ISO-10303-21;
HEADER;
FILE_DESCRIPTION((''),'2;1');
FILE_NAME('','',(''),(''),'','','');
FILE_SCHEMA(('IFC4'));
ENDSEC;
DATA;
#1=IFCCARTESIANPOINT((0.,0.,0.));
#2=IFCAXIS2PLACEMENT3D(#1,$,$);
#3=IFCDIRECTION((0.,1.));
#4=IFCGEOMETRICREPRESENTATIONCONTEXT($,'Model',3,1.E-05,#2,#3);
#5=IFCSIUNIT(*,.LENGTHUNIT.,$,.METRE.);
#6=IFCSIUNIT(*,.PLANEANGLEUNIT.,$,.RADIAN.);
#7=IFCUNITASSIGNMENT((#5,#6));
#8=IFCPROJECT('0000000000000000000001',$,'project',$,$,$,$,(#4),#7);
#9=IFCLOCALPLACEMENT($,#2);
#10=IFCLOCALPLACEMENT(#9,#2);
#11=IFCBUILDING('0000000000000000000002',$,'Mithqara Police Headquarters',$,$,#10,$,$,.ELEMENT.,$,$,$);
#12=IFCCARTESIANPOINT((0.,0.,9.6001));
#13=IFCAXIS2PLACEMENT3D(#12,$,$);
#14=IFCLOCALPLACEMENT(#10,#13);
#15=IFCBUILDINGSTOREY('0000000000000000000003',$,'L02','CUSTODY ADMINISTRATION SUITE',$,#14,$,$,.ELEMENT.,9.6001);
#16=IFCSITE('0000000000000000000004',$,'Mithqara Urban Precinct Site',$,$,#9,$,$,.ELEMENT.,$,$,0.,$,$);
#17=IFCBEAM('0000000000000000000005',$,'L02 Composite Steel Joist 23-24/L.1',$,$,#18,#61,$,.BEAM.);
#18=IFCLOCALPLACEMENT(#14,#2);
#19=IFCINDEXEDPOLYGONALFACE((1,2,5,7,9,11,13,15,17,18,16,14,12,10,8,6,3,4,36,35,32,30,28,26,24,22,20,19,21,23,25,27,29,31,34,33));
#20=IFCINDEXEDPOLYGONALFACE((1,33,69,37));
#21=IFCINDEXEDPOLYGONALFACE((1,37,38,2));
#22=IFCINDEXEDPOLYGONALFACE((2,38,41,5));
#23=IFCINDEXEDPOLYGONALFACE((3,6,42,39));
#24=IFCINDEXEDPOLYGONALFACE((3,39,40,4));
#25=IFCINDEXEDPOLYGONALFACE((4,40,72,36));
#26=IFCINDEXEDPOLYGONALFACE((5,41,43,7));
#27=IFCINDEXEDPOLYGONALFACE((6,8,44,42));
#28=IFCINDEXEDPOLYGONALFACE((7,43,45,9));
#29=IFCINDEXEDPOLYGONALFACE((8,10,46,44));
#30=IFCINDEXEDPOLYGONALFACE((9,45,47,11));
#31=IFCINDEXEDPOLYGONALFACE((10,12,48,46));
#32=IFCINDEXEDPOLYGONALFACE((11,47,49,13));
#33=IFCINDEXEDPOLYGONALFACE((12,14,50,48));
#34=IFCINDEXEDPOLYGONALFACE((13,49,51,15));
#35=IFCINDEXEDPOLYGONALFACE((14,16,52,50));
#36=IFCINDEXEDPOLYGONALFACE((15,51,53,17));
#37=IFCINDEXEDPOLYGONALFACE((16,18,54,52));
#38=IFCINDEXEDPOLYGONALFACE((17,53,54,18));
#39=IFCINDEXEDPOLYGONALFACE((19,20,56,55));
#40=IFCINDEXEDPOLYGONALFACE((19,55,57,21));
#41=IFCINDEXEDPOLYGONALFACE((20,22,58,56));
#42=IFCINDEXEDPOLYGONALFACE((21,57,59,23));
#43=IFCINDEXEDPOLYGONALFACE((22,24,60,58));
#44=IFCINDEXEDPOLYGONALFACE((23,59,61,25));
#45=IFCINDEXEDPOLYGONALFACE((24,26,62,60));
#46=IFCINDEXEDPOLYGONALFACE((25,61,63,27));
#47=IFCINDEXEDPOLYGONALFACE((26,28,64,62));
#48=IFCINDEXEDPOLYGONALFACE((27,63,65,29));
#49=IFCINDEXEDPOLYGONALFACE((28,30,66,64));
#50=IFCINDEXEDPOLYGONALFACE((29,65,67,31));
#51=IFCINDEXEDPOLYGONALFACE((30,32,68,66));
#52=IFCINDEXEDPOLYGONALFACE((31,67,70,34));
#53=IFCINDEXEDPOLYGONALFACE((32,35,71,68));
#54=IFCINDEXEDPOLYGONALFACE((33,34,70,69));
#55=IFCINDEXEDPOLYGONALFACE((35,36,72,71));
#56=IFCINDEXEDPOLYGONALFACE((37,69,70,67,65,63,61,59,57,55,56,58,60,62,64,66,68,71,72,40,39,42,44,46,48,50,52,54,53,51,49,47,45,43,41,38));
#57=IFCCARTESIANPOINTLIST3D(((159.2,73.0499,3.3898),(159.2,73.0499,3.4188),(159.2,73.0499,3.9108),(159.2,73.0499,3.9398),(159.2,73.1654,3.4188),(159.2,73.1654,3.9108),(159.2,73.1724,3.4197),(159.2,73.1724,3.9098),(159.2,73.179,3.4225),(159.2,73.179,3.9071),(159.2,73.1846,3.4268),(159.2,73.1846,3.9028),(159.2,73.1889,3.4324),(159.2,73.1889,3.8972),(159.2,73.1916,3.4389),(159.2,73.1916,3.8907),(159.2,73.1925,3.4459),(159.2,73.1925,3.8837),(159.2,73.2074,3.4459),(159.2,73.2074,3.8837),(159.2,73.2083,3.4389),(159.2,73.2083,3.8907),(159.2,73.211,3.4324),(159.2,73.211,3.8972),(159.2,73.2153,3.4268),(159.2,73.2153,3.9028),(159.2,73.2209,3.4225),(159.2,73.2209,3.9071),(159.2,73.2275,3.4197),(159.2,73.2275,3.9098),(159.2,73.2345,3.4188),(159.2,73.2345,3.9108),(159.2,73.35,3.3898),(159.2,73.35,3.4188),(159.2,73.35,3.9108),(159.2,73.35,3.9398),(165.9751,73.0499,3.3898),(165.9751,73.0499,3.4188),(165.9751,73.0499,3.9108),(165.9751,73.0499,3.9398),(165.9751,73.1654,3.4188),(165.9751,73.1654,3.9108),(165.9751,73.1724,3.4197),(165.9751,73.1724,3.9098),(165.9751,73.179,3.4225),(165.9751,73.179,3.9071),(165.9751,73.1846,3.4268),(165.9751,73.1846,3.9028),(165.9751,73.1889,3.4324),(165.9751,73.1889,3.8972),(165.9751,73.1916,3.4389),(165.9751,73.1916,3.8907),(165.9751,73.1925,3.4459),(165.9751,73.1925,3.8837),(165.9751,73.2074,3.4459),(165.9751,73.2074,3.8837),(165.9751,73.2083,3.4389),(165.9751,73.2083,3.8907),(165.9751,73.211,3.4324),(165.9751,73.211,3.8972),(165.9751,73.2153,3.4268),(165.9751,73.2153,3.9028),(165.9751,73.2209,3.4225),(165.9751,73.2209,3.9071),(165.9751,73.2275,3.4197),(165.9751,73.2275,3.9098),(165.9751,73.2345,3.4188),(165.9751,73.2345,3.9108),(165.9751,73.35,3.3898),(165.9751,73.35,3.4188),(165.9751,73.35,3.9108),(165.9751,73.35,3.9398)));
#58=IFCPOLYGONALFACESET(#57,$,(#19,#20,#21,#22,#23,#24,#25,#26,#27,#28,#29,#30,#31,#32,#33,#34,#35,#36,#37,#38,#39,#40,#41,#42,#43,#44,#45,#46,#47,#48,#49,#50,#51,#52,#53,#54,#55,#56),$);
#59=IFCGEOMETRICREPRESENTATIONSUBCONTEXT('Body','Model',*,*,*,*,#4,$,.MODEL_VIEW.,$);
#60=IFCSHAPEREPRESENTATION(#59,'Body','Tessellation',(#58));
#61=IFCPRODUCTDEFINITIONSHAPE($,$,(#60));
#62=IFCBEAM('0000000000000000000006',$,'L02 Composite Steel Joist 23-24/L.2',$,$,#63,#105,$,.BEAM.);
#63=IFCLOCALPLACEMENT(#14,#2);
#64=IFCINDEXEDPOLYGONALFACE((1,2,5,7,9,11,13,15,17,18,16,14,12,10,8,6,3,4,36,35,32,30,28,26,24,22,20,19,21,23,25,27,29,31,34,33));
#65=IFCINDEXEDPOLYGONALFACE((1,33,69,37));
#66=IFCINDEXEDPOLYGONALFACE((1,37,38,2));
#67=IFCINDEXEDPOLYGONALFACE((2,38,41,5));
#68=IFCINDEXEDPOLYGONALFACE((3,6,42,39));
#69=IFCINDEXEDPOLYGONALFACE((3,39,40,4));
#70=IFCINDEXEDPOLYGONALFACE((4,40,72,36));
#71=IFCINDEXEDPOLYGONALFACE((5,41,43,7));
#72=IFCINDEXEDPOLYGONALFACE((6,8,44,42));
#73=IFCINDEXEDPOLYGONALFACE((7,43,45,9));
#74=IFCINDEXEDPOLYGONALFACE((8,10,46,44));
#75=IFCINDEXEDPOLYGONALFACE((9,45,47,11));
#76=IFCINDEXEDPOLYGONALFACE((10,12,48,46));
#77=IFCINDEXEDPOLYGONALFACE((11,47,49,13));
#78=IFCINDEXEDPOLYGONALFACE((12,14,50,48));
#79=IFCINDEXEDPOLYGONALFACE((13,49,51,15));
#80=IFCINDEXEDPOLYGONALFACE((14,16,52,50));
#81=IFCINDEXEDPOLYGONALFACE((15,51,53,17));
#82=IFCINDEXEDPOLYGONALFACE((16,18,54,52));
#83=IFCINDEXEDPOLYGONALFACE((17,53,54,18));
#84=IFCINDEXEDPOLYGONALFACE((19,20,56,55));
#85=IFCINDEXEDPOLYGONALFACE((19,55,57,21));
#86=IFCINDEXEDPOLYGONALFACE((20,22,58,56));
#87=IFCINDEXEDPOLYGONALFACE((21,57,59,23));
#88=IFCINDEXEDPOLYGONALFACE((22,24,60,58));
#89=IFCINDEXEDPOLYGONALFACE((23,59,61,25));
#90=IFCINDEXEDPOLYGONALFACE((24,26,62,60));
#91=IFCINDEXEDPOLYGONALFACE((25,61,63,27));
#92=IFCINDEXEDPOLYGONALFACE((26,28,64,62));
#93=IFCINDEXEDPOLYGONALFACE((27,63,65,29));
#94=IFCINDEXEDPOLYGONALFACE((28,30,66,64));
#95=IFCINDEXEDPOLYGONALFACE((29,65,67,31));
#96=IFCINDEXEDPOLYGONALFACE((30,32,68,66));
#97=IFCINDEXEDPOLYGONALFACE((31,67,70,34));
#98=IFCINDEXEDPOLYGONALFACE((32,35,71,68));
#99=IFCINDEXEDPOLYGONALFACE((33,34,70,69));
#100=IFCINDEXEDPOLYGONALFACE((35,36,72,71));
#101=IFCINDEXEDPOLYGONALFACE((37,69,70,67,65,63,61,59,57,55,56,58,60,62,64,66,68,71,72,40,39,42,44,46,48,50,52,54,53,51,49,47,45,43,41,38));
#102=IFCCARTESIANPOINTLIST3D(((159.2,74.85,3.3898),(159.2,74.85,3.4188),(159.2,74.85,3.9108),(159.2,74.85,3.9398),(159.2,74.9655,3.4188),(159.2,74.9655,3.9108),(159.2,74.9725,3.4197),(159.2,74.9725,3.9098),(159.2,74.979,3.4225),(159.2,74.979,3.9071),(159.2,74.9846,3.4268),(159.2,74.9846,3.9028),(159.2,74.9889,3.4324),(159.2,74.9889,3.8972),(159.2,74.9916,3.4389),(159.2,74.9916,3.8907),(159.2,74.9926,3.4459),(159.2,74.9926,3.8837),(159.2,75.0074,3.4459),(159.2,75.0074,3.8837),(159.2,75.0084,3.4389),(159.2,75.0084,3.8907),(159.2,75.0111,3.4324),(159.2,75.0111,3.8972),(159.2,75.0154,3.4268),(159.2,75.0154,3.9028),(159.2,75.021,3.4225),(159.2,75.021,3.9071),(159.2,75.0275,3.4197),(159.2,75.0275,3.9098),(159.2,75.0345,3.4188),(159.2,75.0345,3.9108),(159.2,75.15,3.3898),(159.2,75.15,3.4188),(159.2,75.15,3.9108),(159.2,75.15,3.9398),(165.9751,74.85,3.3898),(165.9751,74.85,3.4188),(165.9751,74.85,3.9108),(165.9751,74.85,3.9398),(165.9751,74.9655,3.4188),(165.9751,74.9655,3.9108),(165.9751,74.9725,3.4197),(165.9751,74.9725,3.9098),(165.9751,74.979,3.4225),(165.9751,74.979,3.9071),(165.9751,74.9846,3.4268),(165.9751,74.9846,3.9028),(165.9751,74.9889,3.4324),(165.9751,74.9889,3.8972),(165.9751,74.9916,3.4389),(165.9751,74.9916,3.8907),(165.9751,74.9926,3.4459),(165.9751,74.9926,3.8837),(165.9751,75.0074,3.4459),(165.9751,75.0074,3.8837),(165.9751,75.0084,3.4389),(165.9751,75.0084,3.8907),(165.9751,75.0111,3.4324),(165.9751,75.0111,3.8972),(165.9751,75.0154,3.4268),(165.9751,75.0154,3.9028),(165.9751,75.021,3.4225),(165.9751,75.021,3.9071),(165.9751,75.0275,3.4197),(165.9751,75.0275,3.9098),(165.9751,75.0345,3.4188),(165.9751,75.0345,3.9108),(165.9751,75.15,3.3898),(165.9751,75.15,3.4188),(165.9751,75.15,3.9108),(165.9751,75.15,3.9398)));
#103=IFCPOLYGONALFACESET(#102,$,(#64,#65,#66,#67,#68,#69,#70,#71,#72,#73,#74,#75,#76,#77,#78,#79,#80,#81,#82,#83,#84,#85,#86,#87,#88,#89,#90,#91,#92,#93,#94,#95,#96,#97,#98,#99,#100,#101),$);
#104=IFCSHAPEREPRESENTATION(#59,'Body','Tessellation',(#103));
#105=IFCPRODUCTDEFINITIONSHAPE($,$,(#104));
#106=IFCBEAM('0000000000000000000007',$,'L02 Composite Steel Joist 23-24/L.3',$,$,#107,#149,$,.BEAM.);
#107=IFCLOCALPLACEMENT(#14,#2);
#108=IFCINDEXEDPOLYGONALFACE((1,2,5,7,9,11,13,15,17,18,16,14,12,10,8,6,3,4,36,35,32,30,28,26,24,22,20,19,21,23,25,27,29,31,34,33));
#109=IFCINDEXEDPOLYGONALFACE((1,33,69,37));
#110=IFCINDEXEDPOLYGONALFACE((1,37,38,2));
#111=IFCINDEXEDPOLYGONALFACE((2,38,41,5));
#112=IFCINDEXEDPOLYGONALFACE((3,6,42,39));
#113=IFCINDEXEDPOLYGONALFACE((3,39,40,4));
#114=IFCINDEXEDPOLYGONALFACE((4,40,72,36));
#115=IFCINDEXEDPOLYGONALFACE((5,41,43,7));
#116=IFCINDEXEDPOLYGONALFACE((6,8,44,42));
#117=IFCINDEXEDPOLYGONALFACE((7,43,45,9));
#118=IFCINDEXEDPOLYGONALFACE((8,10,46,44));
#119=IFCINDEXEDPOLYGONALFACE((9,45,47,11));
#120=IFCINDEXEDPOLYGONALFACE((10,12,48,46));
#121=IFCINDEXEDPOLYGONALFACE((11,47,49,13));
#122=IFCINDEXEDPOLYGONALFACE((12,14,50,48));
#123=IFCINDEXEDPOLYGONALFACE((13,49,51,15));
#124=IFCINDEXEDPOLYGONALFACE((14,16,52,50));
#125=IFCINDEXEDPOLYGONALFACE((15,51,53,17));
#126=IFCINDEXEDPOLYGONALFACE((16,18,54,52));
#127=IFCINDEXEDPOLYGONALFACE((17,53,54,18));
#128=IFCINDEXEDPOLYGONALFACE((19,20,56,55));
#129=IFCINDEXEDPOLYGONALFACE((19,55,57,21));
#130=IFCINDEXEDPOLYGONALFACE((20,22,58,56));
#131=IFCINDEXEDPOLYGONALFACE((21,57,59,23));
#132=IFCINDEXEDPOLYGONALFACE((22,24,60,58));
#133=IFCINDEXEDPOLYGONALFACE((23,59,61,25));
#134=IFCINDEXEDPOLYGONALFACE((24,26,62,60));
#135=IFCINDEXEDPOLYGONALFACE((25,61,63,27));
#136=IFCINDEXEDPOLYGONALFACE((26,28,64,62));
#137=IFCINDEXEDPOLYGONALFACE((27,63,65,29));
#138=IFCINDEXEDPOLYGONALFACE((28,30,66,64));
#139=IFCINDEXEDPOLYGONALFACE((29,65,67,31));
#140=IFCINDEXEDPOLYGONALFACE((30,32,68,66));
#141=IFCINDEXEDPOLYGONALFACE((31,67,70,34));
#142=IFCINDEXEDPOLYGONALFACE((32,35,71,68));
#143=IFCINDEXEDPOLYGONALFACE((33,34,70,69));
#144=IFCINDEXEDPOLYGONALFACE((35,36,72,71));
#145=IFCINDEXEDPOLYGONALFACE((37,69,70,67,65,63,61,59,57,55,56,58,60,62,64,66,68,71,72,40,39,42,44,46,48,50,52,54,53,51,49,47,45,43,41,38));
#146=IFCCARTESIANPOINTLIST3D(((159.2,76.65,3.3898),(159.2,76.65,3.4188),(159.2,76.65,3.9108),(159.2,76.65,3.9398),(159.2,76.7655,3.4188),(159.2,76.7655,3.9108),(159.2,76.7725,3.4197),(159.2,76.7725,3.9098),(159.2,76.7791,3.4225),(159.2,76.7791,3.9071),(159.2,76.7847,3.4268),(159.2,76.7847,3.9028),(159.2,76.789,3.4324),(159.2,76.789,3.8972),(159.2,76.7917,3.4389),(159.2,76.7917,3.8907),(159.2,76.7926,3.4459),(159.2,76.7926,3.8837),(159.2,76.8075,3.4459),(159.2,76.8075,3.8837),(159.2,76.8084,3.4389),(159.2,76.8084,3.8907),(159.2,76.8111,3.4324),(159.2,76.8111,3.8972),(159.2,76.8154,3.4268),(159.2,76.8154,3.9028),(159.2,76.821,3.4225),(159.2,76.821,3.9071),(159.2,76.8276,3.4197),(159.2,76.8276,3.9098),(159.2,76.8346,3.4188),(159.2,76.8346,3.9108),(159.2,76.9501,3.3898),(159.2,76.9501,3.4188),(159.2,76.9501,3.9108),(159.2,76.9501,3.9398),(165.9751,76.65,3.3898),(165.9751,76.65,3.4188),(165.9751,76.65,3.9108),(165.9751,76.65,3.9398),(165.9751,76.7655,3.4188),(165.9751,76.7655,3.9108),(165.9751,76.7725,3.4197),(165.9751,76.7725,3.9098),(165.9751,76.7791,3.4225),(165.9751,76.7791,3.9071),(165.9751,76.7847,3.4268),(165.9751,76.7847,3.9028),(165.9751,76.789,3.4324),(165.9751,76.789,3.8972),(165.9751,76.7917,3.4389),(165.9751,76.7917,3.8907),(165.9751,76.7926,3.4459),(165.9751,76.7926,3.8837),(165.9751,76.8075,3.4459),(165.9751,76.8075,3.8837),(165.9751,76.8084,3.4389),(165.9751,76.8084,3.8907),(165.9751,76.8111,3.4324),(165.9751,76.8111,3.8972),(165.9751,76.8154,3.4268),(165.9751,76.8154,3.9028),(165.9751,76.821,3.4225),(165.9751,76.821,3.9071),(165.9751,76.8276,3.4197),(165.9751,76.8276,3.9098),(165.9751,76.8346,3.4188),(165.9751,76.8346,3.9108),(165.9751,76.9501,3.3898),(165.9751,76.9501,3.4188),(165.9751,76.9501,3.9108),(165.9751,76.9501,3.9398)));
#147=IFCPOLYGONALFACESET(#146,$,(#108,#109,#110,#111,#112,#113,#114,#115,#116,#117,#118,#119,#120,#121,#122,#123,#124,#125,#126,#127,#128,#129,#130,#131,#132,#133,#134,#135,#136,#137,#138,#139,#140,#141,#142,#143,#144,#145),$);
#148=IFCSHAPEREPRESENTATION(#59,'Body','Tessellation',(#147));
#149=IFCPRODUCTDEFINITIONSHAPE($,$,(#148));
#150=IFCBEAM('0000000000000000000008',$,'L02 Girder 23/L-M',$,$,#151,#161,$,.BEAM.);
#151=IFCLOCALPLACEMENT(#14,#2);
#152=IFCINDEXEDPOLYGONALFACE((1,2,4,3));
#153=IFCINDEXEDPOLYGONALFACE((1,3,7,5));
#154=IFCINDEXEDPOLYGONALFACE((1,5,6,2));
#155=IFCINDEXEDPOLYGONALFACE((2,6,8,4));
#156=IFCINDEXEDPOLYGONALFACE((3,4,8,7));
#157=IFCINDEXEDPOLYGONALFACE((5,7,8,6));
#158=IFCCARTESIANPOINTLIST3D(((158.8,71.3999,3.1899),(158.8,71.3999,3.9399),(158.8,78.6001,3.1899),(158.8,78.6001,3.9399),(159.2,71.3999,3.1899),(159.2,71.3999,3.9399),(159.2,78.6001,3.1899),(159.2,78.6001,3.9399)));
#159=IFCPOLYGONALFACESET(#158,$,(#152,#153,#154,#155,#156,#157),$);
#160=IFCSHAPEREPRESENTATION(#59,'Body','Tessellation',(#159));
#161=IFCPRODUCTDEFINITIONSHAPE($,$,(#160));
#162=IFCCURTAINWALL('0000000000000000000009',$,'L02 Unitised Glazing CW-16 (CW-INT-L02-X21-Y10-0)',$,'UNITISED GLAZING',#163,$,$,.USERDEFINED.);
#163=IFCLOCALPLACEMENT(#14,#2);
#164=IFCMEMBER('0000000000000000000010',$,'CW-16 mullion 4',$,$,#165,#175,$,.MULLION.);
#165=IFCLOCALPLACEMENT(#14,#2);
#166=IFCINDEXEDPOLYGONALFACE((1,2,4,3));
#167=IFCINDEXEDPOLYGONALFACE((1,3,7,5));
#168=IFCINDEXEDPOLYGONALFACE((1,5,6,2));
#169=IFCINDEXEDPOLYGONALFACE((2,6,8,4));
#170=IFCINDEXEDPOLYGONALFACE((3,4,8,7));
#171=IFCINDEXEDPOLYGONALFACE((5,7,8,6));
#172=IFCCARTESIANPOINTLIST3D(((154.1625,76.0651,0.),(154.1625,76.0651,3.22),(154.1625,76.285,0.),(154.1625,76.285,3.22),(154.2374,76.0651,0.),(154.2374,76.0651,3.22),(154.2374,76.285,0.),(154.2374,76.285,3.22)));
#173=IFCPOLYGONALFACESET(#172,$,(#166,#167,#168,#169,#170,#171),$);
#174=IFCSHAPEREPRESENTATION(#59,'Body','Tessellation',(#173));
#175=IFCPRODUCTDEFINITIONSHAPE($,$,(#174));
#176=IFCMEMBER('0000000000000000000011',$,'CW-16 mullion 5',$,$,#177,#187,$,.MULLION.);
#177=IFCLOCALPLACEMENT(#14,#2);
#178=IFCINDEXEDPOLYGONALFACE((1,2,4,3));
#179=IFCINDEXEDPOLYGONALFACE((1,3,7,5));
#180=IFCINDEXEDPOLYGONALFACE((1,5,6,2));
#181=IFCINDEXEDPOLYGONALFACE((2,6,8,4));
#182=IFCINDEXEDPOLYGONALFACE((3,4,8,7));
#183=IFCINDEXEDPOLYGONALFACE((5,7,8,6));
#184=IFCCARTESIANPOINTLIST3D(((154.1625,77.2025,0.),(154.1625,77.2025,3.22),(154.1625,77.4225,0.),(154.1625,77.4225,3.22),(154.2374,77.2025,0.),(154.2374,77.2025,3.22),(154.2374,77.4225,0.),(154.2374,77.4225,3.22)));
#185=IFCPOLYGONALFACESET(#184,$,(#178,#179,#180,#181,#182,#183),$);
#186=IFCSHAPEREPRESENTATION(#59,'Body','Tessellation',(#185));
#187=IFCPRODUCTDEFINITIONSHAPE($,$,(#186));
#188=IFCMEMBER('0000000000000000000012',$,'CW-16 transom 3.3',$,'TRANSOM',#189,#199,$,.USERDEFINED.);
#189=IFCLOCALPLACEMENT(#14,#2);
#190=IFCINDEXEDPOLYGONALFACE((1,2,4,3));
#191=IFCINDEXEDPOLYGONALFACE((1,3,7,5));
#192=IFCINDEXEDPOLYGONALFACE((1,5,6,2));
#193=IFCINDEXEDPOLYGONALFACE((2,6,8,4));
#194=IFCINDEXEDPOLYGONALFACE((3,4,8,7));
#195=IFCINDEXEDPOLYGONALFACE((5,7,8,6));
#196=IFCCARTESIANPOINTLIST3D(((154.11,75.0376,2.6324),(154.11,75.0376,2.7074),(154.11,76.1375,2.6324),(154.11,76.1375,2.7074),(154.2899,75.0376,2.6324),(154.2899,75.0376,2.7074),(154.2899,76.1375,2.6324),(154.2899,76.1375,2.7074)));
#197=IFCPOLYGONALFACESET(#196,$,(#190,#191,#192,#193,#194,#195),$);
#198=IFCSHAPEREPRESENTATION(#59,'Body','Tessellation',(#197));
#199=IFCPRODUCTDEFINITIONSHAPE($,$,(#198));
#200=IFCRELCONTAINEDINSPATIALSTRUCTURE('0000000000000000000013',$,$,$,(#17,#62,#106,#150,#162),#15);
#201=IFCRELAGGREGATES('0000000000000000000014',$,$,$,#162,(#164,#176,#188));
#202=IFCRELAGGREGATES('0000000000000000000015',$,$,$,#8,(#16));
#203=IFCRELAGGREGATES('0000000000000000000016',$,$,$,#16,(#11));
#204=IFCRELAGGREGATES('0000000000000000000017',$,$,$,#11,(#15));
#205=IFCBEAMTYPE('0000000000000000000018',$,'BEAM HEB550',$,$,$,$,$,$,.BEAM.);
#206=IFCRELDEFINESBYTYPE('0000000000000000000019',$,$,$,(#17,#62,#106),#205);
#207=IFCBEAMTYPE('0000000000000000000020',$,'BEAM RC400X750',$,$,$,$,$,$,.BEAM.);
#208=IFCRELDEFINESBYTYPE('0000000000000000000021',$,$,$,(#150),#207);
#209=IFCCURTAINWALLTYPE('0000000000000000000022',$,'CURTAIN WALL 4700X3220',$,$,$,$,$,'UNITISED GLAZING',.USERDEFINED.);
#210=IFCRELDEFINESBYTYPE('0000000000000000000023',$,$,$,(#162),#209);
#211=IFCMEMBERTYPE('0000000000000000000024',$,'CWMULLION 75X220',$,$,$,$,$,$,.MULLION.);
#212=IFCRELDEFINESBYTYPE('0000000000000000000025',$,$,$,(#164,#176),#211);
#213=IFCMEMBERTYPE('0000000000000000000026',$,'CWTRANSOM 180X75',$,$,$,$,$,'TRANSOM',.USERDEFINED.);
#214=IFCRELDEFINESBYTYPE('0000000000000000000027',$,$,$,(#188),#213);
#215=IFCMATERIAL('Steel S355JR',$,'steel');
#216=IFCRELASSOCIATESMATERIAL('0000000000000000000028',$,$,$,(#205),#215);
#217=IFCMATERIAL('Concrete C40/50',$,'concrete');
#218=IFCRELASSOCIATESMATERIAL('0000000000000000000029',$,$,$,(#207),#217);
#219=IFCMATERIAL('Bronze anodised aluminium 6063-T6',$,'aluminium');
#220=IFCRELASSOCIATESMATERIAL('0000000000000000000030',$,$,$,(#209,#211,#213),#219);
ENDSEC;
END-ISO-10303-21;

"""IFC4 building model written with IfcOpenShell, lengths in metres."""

from ifc_helpers import new_model, si_unit, direction, frame, origin, origin_2d, place, context, subcontext, project, spatial, rectangle, i_section, extrude, material, material_profile, profile_set, type_object, element, aggregate, save


model = new_model("IFC4")

# Units and contexts
model_context = context("Model", 3, precision=1e-05, world=origin(), true_north=direction((0.0, 1.0)))
body_context = subcontext(model_context, "Body", "Model", "MODEL_VIEW")
ifc_project = project(units=[si_unit("LENGTHUNIT", "METRE"), si_unit("PLANEANGLEUNIT", "RADIAN")], contexts=[model_context])

# Site, building, storey
site_placement = place(None, origin())
site = spatial("IfcSite", under=ifc_project, at=site_placement, Name="Mithqara Urban Precinct Site", CompositionType="ELEMENT", RefElevation=0.0)
building_placement = place(site_placement, origin())
building = spatial("IfcBuilding", under=site, at=building_placement, Name="Mithqara Police Headquarters", CompositionType="ELEMENT")
storey_placement = place(building_placement, frame((0.0, 0.0, 9.6001)))
storey = spatial("IfcBuildingStorey", under=building, at=storey_placement, Name="L02", Description="CUSTODY ADMINISTRATION SUITE", CompositionType="ELEMENT", Elevation=9.6001)

# Beams
ifc_material_1 = material(Name="Steel S355JR", Category="steel")
ifc_material_profile_1 = material_profile(ifc_material_1, i_section(OverallWidth=0.3, OverallDepth=0.55, WebThickness=0.0149, FlangeThickness=0.0291, FilletRadius=0.0271, at=origin_2d()), Name="HEB 550")
ifc_profile_set_1 = profile_set([ifc_material_profile_1], Name="Steel S355JR")
beam_type_1 = type_object("IfcBeamType", Name="BEAM HEB550", PredefinedType="BEAM", material=ifc_profile_set_1)
for number, where, z_axis, x_axis, name in (
    (1, (159.2, 73.2, 3.6648), (1.0, 0.0, 0.0), (0.0, 1.0, 0.0), "L02 Composite Steel Joist 23-24/L.1"),
    (2, (159.2, 75.0, 3.6648), (1.0, 0.0, 0.0), (0.0, 1.0, 0.0), "L02 Composite Steel Joist 23-24/L.2"),
    (3, (159.2, 76.8, 3.6648), (1.0, 0.0, 0.0), (0.0, 1.0, 0.0), "L02 Composite Steel Joist 23-24/L.3"),
):
    element("IfcBeam", number, at=place(storey_placement, frame(where, z_axis=z_axis, x_axis=x_axis)), inside=storey, type_object=beam_type_1, Name=name, PredefinedType="BEAM", context=body_context, shape_type="SweptSolid", body=[
        extrude(i_section(OverallWidth=0.3, OverallDepth=0.55, WebThickness=0.0149, FlangeThickness=0.0291, FilletRadius=0.0271, at=origin_2d()), origin(), (0.0, 0.0, 1.0), 6.7751),
    ])
ifc_material_2 = material(Name="Concrete C40/50", Category="concrete")
ifc_material_profile_2 = material_profile(ifc_material_2, rectangle(XDim=0.3999, YDim=0.75, at=origin_2d()), Name="RC 400x750")
ifc_profile_set_2 = profile_set([ifc_material_profile_2], Name="Concrete C40/50")
beam_type_2 = type_object("IfcBeamType", Name="BEAM RC400X750", PredefinedType="BEAM", material=ifc_profile_set_2)
beam_placement = place(storey_placement, frame((159.0, 71.3999, 3.5649), z_axis=(0.0, 1.0, 0.0), x_axis=(-1.0, 0.0, 0.0)))
element("IfcBeam", 4, at=beam_placement, inside=storey, type_object=beam_type_2, Name="L02 Girder 23/L-M", PredefinedType="BEAM", context=body_context, shape_type="SweptSolid", body=[
    extrude(rectangle(XDim=0.3999, YDim=0.75, at=origin_2d()), origin(), (0.0, 0.0, 1.0), 7.2002),
])

# Curtain wall, members
ifc_material_3 = material(Name="Bronze anodised aluminium 6063-T6", Category="aluminium")
curtain_wall_type = type_object("IfcCurtainWallType", Name="CURTAIN WALL 4700X3220", ElementType="UNITISED GLAZING", PredefinedType="USERDEFINED", material=ifc_material_3)
curtain_wall_placement = place(storey_placement, origin())
curtain_wall = element("IfcCurtainWall", 5, at=curtain_wall_placement, inside=storey, type_object=curtain_wall_type, Name="L02 Unitised Glazing CW-16 (CW-INT-L02-X21-Y10-0)", ObjectType="UNITISED GLAZING", PredefinedType="USERDEFINED")
ifc_material_profile_3 = material_profile(ifc_material_3, rectangle(XDim=0.075, YDim=0.22, at=origin_2d()), Name="CWM 75x220")
ifc_profile_set_3 = profile_set([ifc_material_profile_3], Name="Bronze anodised aluminium 6063-T6")
member_type_1 = type_object("IfcMemberType", Name="CWMULLION 75X220", PredefinedType="MULLION", material=ifc_profile_set_3)
member_1_placement = place(storey_placement, frame((154.2, 76.175, 0.0), z_axis=(0.0, 0.0, 1.0), x_axis=(-1.0, 0.0, 0.0)))
member_1 = element("IfcMember", 6, at=member_1_placement, type_object=member_type_1, Name="CW-16 mullion 4", PredefinedType="MULLION", context=body_context, shape_type="SweptSolid", body=[
    extrude(rectangle(XDim=0.075, YDim=0.22, at=origin_2d()), origin(), (0.0, 0.0, 1.0), 3.22),
])
member_2_placement = place(storey_placement, frame((154.2, 77.3125, 0.0), z_axis=(0.0, 0.0, 1.0), x_axis=(-1.0, 0.0, 0.0)))
member_2 = element("IfcMember", 7, at=member_2_placement, type_object=member_type_1, Name="CW-16 mullion 5", PredefinedType="MULLION", context=body_context, shape_type="SweptSolid", body=[
    extrude(rectangle(XDim=0.075, YDim=0.22, at=origin_2d()), origin(), (0.0, 0.0, 1.0), 3.22),
])
ifc_material_profile_4 = material_profile(ifc_material_3, rectangle(XDim=0.1799, YDim=0.075, at=origin_2d()), Name="CWT 180x75")
ifc_profile_set_4 = profile_set([ifc_material_profile_4], Name="Bronze anodised aluminium 6063-T6")
member_type_2 = type_object("IfcMemberType", Name="CWTRANSOM 180X75", ElementType="TRANSOM", PredefinedType="USERDEFINED", material=ifc_profile_set_4)
member_3_placement = place(storey_placement, frame((154.2, 75.0376, 2.6699), z_axis=(0.0, 1.0, 0.0), x_axis=(-1.0, 0.0, 0.0)))
member_3 = element("IfcMember", 8, at=member_3_placement, type_object=member_type_2, Name="CW-16 transom 3.3", ObjectType="TRANSOM", PredefinedType="USERDEFINED", context=body_context, shape_type="SweptSolid", body=[
    extrude(rectangle(XDim=0.1799, YDim=0.075, at=origin_2d()), origin(), (0.0, 0.0, 1.0), 1.0999),
])
aggregate(curtain_wall, [member_1, member_2, member_3])

save(model, "model.ifc")
